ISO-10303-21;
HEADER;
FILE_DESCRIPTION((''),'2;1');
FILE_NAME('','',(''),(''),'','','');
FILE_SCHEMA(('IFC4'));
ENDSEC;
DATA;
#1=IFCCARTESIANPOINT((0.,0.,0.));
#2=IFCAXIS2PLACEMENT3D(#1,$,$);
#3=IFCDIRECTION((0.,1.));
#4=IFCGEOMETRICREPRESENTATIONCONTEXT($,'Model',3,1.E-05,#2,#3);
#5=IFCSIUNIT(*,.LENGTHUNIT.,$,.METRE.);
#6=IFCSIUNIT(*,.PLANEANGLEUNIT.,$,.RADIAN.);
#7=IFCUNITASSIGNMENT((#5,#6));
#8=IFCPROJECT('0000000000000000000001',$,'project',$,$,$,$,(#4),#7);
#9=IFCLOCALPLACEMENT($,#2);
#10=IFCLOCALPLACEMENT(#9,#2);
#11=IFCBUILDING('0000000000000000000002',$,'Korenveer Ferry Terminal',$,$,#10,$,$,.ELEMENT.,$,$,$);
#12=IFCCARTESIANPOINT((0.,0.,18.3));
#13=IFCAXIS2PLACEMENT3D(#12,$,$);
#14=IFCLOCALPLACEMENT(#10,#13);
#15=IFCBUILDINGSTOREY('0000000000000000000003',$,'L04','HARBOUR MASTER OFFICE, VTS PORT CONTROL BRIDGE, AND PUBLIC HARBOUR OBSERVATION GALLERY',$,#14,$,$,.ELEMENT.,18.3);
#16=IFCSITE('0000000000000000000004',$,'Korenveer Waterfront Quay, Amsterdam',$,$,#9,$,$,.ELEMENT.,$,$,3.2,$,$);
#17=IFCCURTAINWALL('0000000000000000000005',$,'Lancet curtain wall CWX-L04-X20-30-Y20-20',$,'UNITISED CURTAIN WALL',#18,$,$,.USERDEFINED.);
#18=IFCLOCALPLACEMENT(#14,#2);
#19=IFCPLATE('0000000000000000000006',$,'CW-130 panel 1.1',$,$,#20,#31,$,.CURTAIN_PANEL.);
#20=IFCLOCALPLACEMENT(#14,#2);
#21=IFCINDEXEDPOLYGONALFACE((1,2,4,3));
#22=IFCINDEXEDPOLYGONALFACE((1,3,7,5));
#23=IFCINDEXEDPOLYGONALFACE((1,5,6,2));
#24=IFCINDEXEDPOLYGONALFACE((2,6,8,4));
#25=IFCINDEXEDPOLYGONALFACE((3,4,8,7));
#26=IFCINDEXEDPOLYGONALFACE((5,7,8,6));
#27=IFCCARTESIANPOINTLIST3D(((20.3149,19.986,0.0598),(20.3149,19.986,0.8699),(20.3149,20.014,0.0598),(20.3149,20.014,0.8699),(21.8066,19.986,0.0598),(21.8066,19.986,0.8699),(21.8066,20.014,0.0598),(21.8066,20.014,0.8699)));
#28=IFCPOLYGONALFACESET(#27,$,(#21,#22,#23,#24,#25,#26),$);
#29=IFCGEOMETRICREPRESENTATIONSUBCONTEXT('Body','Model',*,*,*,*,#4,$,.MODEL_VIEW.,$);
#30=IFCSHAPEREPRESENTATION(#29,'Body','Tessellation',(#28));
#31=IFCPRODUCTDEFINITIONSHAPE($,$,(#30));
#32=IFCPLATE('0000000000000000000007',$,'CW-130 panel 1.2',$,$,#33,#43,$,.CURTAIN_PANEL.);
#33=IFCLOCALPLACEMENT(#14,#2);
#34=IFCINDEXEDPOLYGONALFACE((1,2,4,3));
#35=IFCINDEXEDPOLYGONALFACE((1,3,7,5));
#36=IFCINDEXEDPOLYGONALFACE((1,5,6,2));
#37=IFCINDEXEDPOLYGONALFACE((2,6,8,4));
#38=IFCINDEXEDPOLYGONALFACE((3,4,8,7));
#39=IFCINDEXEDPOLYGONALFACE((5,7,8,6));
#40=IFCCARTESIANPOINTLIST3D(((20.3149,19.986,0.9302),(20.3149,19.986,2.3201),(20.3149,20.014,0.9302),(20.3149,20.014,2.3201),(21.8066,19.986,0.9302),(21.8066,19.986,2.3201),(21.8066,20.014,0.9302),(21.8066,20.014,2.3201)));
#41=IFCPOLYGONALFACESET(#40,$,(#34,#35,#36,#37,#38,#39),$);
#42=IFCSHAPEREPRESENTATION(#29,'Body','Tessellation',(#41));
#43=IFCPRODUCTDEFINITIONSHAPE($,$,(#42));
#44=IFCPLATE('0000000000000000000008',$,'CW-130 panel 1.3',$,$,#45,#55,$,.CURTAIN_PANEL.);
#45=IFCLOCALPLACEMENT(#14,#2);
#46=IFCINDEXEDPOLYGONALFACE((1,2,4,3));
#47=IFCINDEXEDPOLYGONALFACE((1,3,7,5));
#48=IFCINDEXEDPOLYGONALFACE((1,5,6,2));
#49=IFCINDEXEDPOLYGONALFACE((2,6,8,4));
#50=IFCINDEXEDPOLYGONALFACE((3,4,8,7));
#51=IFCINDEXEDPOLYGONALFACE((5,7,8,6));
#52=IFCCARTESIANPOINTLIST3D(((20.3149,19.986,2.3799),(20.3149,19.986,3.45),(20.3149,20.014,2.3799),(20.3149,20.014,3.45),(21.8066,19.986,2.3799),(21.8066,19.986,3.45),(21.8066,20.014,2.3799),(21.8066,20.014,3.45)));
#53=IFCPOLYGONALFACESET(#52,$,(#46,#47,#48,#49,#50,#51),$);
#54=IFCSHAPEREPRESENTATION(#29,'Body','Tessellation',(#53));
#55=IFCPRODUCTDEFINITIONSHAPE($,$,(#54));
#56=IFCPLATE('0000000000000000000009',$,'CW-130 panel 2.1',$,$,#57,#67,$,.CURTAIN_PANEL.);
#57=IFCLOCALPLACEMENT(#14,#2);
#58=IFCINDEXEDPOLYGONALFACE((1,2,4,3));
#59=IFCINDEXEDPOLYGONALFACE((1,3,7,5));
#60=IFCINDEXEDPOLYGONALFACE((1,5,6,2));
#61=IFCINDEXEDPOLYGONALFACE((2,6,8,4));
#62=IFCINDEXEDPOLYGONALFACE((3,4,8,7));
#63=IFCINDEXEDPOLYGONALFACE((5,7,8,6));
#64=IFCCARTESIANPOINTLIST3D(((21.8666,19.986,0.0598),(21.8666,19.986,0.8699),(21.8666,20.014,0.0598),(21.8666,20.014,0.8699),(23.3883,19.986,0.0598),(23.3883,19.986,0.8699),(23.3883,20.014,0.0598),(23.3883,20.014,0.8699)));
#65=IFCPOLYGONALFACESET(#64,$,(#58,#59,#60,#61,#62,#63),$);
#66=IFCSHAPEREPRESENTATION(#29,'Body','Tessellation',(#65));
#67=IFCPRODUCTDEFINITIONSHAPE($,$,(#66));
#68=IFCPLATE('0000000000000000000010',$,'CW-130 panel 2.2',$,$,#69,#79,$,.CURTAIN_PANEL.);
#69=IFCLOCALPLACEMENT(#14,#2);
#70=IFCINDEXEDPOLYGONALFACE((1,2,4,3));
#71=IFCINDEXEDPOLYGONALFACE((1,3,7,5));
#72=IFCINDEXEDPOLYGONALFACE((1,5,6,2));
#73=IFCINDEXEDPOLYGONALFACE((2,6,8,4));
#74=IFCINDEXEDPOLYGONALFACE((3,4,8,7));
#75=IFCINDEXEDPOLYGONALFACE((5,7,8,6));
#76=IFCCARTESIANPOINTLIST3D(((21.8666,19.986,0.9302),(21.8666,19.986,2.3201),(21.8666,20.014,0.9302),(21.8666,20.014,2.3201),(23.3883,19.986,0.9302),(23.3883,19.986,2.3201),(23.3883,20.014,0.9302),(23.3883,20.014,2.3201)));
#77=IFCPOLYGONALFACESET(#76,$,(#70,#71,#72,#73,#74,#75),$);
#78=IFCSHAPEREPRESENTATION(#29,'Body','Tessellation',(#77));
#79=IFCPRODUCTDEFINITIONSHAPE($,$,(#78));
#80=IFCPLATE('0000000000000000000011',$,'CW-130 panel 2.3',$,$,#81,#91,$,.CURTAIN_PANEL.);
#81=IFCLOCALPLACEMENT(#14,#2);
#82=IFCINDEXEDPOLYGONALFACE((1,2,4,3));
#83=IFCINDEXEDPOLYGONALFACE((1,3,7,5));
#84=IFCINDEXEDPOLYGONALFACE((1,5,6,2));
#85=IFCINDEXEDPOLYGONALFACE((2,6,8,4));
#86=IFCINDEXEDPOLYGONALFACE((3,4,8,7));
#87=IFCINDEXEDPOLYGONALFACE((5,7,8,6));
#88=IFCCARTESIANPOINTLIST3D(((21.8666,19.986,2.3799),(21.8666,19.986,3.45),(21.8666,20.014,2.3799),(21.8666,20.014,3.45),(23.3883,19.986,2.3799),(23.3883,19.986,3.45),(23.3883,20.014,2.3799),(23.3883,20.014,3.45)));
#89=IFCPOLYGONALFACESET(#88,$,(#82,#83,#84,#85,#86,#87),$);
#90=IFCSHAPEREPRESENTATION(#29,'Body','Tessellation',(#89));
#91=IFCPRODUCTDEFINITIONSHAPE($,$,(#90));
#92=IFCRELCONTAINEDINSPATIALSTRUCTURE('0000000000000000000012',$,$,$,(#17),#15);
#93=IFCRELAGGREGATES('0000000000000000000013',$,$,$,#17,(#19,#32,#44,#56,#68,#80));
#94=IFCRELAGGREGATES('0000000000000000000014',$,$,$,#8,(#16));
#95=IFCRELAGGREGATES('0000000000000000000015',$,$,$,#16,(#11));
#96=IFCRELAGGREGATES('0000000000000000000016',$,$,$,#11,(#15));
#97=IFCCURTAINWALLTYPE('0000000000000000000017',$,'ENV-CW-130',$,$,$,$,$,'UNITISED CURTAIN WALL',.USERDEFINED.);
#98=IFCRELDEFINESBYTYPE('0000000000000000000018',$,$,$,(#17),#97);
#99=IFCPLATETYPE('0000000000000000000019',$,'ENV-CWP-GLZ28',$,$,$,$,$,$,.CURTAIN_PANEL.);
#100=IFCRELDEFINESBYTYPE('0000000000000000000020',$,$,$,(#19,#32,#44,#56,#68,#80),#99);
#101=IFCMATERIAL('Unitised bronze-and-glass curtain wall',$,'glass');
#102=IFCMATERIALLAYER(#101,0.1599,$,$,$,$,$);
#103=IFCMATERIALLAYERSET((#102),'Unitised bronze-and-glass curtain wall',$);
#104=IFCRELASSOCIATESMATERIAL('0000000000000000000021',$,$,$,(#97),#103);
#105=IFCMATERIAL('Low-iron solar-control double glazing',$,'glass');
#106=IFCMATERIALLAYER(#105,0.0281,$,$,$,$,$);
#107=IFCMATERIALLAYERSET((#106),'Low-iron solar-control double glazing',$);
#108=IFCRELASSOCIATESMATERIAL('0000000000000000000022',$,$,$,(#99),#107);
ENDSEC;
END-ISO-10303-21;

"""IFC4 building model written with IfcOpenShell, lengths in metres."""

from ifc_helpers import new_model, si_unit, direction, frame, origin, origin_2d, place, context, subcontext, project, spatial, rectangle, extrude, material, layer, layer_set, type_object, element, aggregate, save


model = new_model("IFC4")

# Units and contexts
model_context = context("Model", 3, precision=1e-05, world=origin(), true_north=direction((0.0, 1.0)))
body_context = subcontext(model_context, "Body", "Model", "MODEL_VIEW")
ifc_project = project(units=[si_unit("LENGTHUNIT", "METRE"), si_unit("PLANEANGLEUNIT", "RADIAN")], contexts=[model_context])

# Site, building, storey
site_placement = place(None, origin())
site = spatial("IfcSite", under=ifc_project, at=site_placement, Name="Korenveer Waterfront Quay, Amsterdam", CompositionType="ELEMENT", RefElevation=3.2)
building_placement = place(site_placement, origin())
building = spatial("IfcBuilding", under=site, at=building_placement, Name="Korenveer Ferry Terminal", CompositionType="ELEMENT")
storey_placement = place(building_placement, frame((0.0, 0.0, 18.3)))
storey = spatial("IfcBuildingStorey", under=building, at=storey_placement, Name="L04", Description="HARBOUR MASTER OFFICE, VTS PORT CONTROL BRIDGE, AND PUBLIC HARBOUR OBSERVATION GALLERY", CompositionType="ELEMENT", Elevation=18.3)

# Shared definitions
ifc_material_1 = material(Name="Unitised bronze-and-glass curtain wall", Category="glass")

# Curtain wall
ifc_layer_1 = layer(ifc_material_1, 0.1599)
ifc_layer_set_1 = layer_set([ifc_layer_1], Name="Unitised bronze-and-glass curtain wall")
curtain_wall_type_1 = type_object("IfcCurtainWallType", Name="ENV-CW-130", ElementType="UNITISED CURTAIN WALL", PredefinedType="USERDEFINED", material=ifc_layer_set_1)
curtain_wall_1_placement = place(storey_placement, frame((20.2549, 20.0, 0.0)))
curtain_wall_1 = element("IfcCurtainWall", 1, at=curtain_wall_1_placement, inside=storey, type_object=curtain_wall_type_1, Name="Lancet curtain wall CWX-L04-X20-30-Y20-20", ObjectType="UNITISED CURTAIN WALL", PredefinedType="USERDEFINED")

# Plates
ifc_material_2 = material(Name="Low-iron solar-control double glazing", Category="glass")
ifc_layer_2 = layer(ifc_material_2, 0.0281)
ifc_layer_set_2 = layer_set([ifc_layer_2], Name="Low-iron solar-control double glazing")
plate_type = type_object("IfcPlateType", Name="ENV-CWP-GLZ28", PredefinedType="CURTAIN_PANEL", material=ifc_layer_set_2)
plate_1_placement = place(storey_placement, frame((21.0608, 20.0, 0.0598), z_axis=(0.0, 0.0, 1.0), x_axis=(1.0, 0.0, 0.0)))
plate_1 = element("IfcPlate", 2, at=plate_1_placement, type_object=plate_type, Name="CW-130 panel 1.1", PredefinedType="CURTAIN_PANEL", context=body_context, shape_type="SweptSolid", body=[
    extrude(rectangle(XDim=1.4917, YDim=0.0281, at=origin_2d()), origin(), (0.0, 0.0, 1.0), 0.8101),
])
plate_2_placement = place(storey_placement, frame((21.0608, 20.0, 0.9302), z_axis=(0.0, 0.0, 1.0), x_axis=(1.0, 0.0, 0.0)))
plate_2 = element("IfcPlate", 3, at=plate_2_placement, type_object=plate_type, Name="CW-130 panel 1.2", PredefinedType="CURTAIN_PANEL", context=body_context, shape_type="SweptSolid", body=[
    extrude(rectangle(XDim=1.4917, YDim=0.0281, at=origin_2d()), origin(), (0.0, 0.0, 1.0), 1.3899),
])
plate_3_placement = place(storey_placement, frame((21.0608, 20.0, 2.3799), z_axis=(0.0, 0.0, 1.0), x_axis=(1.0, 0.0, 0.0)))
plate_3 = element("IfcPlate", 4, at=plate_3_placement, type_object=plate_type, Name="CW-130 panel 1.3", PredefinedType="CURTAIN_PANEL", context=body_context, shape_type="SweptSolid", body=[
    extrude(rectangle(XDim=1.4917, YDim=0.0281, at=origin_2d()), origin(), (0.0, 0.0, 1.0), 1.0701),
])
plate_4_placement = place(storey_placement, frame((22.6274, 20.0, 0.0598), z_axis=(0.0, 0.0, 1.0), x_axis=(1.0, 0.0, 0.0)))
plate_4 = element("IfcPlate", 5, at=plate_4_placement, type_object=plate_type, Name="CW-130 panel 2.1", PredefinedType="CURTAIN_PANEL", context=body_context, shape_type="SweptSolid", body=[
    extrude(rectangle(XDim=1.5217, YDim=0.0281, at=origin_2d()), origin(), (0.0, 0.0, 1.0), 0.8101),
])
plate_5_placement = place(storey_placement, frame((22.6274, 20.0, 0.9302), z_axis=(0.0, 0.0, 1.0), x_axis=(1.0, 0.0, 0.0)))
plate_5 = element("IfcPlate", 6, at=plate_5_placement, type_object=plate_type, Name="CW-130 panel 2.2", PredefinedType="CURTAIN_PANEL", context=body_context, shape_type="SweptSolid", body=[
    extrude(rectangle(XDim=1.5217, YDim=0.0281, at=origin_2d()), origin(), (0.0, 0.0, 1.0), 1.3899),
])
plate_6_placement = place(storey_placement, frame((22.6274, 20.0, 2.3799), z_axis=(0.0, 0.0, 1.0), x_axis=(1.0, 0.0, 0.0)))
plate_6 = element("IfcPlate", 7, at=plate_6_placement, type_object=plate_type, Name="CW-130 panel 2.3", PredefinedType="CURTAIN_PANEL", context=body_context, shape_type="SweptSolid", body=[
    extrude(rectangle(XDim=1.5217, YDim=0.0281, at=origin_2d()), origin(), (0.0, 0.0, 1.0), 1.0701),
])
aggregate(curtain_wall_1, [plate_1, plate_2, plate_3, plate_4, plate_5, plate_6])

save(model, "model.ifc")
